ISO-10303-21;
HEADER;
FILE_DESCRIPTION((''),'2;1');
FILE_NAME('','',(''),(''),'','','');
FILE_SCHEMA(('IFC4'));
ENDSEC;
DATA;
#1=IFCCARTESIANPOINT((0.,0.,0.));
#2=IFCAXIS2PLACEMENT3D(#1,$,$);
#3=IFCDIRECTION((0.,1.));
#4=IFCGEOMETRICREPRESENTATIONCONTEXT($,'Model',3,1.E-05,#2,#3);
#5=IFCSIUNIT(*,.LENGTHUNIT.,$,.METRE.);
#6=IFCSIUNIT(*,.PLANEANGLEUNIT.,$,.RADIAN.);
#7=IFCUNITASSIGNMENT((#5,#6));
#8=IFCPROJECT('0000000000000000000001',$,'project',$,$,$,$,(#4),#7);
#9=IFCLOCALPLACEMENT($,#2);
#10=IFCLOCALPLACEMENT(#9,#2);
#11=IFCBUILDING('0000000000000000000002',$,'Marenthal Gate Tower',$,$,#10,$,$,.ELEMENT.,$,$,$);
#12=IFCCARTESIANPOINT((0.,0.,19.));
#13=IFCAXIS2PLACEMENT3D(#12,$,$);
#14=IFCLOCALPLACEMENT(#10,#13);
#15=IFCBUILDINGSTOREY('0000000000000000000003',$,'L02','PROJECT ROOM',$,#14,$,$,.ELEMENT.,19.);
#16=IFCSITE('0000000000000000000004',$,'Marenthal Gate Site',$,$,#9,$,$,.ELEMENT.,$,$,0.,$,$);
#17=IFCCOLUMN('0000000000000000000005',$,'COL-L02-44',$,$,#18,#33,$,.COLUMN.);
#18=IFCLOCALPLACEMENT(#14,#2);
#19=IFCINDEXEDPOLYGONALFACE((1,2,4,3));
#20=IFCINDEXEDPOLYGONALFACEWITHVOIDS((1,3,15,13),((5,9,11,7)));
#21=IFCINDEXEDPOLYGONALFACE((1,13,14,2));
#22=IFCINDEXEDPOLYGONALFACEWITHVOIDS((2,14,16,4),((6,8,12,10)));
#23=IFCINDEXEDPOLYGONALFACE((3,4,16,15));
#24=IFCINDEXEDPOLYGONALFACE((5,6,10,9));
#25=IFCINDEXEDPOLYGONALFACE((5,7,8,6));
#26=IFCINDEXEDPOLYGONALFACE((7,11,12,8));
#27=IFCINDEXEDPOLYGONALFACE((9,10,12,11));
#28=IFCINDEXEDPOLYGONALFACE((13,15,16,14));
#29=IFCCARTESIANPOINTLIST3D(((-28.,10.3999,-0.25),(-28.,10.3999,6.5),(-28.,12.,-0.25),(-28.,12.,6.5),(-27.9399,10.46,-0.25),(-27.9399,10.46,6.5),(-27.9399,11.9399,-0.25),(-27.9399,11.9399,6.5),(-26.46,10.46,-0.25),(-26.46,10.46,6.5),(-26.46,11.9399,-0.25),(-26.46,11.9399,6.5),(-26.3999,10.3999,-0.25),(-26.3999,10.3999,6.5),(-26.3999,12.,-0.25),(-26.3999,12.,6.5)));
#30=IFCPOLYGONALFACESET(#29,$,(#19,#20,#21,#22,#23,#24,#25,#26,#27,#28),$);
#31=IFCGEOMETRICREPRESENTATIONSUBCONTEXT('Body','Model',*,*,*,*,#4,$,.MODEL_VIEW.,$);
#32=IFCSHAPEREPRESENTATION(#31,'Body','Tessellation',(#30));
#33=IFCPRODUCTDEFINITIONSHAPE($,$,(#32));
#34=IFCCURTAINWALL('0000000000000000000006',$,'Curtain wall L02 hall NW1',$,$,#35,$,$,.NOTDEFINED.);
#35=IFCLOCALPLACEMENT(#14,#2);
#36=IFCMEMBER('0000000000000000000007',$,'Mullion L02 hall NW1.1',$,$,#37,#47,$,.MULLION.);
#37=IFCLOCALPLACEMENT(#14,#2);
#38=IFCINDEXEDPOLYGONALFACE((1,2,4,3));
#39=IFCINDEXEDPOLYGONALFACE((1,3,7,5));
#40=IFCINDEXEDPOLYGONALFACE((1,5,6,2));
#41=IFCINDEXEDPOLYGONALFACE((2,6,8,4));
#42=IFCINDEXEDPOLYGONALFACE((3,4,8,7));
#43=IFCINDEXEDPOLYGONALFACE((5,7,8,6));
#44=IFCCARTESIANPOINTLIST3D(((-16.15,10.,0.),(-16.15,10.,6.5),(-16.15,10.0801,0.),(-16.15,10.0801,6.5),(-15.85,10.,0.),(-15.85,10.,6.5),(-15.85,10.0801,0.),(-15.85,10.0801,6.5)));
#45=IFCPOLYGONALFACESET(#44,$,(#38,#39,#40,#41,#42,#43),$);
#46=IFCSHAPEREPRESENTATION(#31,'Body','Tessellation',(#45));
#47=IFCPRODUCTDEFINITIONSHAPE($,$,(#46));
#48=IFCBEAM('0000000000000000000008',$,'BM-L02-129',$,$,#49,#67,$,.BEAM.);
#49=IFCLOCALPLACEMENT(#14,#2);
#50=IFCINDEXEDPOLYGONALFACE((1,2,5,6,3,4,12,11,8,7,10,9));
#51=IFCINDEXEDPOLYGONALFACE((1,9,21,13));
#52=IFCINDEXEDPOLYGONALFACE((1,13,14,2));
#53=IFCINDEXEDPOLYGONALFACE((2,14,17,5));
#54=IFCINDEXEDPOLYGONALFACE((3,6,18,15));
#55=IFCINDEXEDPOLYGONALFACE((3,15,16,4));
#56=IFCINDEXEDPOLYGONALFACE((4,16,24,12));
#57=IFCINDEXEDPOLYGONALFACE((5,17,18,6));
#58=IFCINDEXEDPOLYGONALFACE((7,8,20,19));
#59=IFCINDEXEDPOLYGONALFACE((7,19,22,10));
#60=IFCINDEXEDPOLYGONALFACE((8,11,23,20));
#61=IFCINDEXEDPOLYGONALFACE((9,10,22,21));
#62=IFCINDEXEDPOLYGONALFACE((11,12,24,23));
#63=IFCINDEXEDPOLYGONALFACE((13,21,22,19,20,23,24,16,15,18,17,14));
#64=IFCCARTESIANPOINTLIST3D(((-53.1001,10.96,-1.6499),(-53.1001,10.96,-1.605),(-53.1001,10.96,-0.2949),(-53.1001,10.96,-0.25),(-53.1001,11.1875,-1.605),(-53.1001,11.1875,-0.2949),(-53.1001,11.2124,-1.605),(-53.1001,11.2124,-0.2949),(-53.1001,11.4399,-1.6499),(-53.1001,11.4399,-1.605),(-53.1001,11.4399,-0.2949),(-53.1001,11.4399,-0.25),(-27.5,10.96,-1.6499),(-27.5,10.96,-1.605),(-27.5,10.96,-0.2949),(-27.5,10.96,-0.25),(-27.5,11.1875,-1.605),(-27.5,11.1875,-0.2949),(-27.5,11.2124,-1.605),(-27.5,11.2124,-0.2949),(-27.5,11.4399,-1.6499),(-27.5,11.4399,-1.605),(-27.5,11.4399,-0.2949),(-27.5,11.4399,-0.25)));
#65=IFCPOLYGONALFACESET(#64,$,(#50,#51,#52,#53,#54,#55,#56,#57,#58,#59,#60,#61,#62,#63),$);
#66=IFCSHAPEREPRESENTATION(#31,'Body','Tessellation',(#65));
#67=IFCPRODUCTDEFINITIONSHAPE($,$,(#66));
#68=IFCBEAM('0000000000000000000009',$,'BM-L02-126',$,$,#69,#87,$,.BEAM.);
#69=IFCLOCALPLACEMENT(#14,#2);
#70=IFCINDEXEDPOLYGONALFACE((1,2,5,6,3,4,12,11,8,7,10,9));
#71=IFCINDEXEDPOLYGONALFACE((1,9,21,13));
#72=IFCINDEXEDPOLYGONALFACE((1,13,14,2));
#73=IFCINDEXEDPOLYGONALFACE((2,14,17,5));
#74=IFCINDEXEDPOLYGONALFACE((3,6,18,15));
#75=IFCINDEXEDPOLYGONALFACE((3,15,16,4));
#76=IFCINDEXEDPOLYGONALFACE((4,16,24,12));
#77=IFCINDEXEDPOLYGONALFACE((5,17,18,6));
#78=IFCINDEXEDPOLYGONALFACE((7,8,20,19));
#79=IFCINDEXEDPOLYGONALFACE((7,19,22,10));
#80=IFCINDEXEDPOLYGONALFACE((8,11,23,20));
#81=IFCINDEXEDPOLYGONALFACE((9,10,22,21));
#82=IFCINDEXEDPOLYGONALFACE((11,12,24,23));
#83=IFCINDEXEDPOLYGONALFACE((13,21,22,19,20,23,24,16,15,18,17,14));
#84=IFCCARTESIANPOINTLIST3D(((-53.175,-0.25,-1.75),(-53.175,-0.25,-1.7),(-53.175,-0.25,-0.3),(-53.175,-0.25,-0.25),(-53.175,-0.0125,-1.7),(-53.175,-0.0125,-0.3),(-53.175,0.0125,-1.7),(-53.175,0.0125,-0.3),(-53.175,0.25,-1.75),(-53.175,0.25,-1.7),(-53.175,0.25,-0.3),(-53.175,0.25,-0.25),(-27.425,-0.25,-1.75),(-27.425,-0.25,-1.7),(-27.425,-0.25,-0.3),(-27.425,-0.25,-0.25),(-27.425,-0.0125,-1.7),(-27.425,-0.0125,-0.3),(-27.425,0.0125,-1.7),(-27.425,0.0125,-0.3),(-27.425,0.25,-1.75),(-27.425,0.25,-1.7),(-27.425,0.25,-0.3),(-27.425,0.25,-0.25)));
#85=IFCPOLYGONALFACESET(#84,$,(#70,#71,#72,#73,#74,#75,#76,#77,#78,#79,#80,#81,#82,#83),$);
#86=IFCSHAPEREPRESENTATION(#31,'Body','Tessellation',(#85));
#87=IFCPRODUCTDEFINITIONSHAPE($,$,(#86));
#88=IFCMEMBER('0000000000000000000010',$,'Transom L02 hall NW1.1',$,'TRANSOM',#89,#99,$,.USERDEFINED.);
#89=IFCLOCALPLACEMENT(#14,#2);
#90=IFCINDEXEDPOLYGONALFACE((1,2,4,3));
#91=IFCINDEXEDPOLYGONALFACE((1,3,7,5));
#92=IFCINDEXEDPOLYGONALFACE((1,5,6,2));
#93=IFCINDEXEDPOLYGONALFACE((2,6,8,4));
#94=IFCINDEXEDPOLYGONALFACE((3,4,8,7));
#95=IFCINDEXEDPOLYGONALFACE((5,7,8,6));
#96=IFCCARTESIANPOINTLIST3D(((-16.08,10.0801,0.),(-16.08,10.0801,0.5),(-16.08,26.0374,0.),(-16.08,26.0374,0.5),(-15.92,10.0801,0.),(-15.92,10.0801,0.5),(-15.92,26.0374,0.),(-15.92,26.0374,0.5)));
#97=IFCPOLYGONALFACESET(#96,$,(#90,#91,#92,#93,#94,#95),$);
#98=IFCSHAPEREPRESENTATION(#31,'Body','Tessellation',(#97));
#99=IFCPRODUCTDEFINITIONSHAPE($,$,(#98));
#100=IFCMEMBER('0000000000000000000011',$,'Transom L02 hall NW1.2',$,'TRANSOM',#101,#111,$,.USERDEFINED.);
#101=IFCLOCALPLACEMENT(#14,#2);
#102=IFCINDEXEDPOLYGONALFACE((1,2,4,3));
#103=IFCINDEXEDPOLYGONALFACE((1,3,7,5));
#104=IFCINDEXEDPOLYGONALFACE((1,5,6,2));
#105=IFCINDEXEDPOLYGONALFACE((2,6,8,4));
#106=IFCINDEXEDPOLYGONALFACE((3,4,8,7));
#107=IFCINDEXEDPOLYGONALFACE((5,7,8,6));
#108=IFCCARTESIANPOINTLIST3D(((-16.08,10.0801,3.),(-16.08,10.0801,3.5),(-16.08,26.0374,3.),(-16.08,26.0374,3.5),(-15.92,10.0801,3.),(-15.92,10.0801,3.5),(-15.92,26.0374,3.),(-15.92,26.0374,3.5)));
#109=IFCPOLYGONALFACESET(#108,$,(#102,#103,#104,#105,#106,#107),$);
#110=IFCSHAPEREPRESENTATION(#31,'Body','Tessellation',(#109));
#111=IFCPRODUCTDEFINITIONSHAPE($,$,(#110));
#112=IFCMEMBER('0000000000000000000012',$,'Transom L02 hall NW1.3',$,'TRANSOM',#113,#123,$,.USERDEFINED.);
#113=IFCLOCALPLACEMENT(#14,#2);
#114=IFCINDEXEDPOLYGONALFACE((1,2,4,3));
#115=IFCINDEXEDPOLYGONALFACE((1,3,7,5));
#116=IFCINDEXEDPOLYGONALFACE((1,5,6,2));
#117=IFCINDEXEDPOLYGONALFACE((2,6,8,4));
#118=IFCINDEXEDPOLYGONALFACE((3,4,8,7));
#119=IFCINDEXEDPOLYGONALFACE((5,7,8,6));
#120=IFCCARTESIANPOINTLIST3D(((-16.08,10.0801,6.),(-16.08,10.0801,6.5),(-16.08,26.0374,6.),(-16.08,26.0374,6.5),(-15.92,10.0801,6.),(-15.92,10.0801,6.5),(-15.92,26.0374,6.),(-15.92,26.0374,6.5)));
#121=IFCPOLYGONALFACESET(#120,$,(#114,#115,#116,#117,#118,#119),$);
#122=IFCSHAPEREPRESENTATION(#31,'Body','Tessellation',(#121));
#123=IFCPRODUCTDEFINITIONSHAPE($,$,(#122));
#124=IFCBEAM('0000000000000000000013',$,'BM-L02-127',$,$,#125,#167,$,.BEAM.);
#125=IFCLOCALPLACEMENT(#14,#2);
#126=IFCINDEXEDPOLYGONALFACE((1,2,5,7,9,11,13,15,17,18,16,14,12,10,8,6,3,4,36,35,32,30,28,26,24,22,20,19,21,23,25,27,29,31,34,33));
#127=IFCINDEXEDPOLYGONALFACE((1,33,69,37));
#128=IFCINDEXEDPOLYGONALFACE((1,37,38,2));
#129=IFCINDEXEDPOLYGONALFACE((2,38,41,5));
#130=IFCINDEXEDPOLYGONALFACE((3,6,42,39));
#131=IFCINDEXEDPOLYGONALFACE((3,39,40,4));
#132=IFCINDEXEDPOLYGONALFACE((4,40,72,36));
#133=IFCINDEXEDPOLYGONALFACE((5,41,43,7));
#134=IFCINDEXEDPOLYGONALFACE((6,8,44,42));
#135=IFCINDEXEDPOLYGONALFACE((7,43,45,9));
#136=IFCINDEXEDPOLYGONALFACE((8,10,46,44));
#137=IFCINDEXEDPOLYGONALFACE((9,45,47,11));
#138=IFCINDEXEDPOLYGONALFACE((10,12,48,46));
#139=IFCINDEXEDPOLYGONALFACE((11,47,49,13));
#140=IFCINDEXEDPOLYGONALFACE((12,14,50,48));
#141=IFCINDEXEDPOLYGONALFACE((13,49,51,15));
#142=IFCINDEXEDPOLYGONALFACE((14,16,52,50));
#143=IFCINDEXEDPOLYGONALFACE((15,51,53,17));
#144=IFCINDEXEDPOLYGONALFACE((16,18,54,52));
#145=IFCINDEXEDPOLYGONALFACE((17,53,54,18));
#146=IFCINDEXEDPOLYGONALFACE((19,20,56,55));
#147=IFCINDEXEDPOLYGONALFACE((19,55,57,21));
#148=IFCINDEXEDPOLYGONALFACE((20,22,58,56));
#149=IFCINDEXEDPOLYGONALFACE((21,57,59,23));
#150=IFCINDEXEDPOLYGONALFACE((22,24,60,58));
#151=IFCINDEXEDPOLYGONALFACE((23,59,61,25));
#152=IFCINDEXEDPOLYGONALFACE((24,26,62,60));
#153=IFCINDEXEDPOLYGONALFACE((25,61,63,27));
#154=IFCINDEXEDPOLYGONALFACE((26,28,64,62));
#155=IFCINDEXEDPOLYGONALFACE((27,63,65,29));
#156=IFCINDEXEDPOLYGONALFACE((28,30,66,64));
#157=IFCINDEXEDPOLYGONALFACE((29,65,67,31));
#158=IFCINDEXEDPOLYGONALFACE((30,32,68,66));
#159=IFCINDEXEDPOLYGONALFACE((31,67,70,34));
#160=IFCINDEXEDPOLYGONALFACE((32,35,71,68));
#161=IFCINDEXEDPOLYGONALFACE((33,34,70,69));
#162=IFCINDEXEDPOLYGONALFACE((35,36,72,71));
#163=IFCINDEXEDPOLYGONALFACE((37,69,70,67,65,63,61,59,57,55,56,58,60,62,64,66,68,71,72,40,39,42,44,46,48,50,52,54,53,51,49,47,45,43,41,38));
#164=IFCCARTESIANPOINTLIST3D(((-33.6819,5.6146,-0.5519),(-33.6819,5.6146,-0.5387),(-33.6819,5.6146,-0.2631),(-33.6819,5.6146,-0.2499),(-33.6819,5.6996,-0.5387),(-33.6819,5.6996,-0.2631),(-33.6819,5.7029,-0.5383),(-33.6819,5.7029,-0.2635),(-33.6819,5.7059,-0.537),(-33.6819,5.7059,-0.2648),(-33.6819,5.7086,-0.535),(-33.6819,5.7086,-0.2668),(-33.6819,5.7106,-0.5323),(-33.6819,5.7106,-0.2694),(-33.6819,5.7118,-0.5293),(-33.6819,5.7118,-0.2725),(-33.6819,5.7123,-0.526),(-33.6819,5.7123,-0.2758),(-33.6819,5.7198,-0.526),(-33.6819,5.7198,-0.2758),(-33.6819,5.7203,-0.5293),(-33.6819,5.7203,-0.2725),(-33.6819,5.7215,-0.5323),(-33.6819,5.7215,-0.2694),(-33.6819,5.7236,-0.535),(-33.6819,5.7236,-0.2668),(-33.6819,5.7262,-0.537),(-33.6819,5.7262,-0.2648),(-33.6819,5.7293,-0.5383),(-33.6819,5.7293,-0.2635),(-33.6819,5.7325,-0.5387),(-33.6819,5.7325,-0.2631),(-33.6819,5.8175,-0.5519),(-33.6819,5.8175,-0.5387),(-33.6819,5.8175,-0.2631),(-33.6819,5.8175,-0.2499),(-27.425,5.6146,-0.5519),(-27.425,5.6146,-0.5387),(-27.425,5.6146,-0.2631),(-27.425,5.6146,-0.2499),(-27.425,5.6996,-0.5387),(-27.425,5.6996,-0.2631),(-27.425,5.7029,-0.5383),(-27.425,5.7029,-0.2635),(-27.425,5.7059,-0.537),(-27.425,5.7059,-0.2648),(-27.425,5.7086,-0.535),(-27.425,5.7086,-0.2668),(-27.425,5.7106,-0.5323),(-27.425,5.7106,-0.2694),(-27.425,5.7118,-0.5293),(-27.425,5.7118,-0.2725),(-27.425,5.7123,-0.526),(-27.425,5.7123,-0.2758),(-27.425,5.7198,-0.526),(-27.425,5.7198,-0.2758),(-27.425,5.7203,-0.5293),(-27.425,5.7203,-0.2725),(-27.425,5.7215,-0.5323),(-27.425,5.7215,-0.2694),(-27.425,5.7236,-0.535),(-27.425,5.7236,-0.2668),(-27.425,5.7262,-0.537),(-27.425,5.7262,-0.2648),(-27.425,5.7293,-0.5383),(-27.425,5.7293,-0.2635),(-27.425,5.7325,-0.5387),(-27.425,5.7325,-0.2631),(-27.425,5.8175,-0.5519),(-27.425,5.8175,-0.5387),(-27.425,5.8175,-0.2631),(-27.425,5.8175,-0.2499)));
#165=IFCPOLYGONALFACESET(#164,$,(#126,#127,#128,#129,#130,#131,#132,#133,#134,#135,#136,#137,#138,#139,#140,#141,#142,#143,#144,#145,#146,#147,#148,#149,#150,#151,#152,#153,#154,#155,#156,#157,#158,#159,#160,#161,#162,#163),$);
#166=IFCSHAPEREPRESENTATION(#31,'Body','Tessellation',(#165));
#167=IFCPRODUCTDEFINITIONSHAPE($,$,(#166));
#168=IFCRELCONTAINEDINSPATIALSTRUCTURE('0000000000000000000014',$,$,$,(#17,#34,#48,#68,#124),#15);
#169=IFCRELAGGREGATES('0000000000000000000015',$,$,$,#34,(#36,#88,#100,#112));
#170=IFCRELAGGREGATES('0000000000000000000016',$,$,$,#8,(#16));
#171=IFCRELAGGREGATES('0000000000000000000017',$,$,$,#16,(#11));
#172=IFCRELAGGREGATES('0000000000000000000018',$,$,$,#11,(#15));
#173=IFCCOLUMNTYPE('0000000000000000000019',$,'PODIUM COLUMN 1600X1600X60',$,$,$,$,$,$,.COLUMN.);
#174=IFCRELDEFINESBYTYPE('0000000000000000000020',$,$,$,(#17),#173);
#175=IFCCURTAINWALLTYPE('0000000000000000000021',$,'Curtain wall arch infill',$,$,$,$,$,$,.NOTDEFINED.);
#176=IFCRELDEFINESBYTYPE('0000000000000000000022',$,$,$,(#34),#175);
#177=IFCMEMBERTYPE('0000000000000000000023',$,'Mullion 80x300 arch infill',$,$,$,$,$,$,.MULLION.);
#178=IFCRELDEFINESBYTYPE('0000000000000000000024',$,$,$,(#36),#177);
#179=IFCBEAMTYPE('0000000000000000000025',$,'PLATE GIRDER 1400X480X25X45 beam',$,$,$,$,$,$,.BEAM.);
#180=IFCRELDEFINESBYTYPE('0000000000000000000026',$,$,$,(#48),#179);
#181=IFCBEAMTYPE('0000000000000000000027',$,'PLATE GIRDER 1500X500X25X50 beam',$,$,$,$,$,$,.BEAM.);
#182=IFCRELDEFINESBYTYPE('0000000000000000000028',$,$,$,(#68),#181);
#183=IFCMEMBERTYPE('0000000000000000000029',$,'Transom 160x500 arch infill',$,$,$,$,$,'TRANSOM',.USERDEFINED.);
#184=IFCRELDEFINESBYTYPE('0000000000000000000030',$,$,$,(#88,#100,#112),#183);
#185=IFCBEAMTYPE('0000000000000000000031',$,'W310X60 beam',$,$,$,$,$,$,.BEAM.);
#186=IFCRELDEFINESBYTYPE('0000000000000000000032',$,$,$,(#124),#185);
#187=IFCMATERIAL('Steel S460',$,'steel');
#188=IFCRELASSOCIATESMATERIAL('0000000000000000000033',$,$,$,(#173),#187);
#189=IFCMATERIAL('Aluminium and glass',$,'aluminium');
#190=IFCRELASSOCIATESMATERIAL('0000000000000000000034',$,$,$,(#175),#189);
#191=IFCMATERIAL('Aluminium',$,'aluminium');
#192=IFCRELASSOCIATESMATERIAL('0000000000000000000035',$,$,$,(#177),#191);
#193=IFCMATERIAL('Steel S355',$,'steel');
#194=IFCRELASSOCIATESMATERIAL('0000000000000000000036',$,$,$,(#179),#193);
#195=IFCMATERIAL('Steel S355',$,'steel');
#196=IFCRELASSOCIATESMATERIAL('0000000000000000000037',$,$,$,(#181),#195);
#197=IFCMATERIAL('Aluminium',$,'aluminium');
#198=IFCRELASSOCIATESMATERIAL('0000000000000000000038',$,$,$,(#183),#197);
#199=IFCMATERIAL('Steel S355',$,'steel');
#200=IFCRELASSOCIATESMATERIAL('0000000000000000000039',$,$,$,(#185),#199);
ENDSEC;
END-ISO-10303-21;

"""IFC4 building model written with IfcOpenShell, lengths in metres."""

from ifc_helpers import new_model, si_unit, direction, frame, origin, origin_2d, place, context, subcontext, project, spatial, rectangle, hollow_rectangle, i_section, extrude, material, material_profile, profile_set, type_object, element, aggregate, save


model = new_model("IFC4")

# Units and contexts
model_context = context("Model", 3, precision=1e-05, world=origin(), true_north=direction((0.0, 1.0)))
body_context = subcontext(model_context, "Body", "Model", "MODEL_VIEW")
ifc_project = project(units=[si_unit("LENGTHUNIT", "METRE"), si_unit("PLANEANGLEUNIT", "RADIAN")], contexts=[model_context])

# Site, building, storey
site_placement = place(None, origin())
site = spatial("IfcSite", under=ifc_project, at=site_placement, Name="Marenthal Gate Site", CompositionType="ELEMENT", RefElevation=0.0)
building_placement = place(site_placement, origin())
building = spatial("IfcBuilding", under=site, at=building_placement, Name="Marenthal Gate Tower", CompositionType="ELEMENT")
storey_placement = place(building_placement, frame((0.0, 0.0, 19.0)))
storey = spatial("IfcBuildingStorey", under=building, at=storey_placement, Name="L02", Description="PROJECT ROOM", CompositionType="ELEMENT", Elevation=19.0)

# Column
ifc_material_1 = material(Name="Steel S460", Category="steel")
ifc_material_profile_1 = material_profile(ifc_material_1, hollow_rectangle(XDim=1.6001, YDim=1.6001, WallThickness=0.0601, at=origin_2d()), Name="CFT BOX 1600X1600X60")
ifc_material_2 = material(Name="Concrete 70 MPa", Category="concrete")
ifc_material_profile_2 = material_profile(ifc_material_2, rectangle(XDim=1.48, YDim=1.48, at=origin_2d()), Name="CFT BOX 1600X1600X60 INFILL")
ifc_profile_set_1 = profile_set([ifc_material_profile_1, ifc_material_profile_2], Name="Steel S460 shell, Concrete 70 MPa infill")
column_type = type_object("IfcColumnType", Name="PODIUM COLUMN 1600X1600X60", PredefinedType="COLUMN", material=ifc_profile_set_1)
column_placement = place(storey_placement, frame((-27.2, 11.2, -0.25), z_axis=(0.0, 0.0, 1.0), x_axis=(1.0, 0.0, 0.0)))
element("IfcColumn", 1, at=column_placement, inside=storey, type_object=column_type, Name="COL-L02-44", PredefinedType="COLUMN", context=body_context, shape_type="SweptSolid", body=[
    extrude(hollow_rectangle(XDim=1.6001, YDim=1.6001, WallThickness=0.0601, at=origin_2d()), origin(), (0.0, 0.0, 1.0), 6.75),
])

# Curtain wall, member
ifc_material_3 = material(Name="Aluminium and glass", Category="aluminium")
curtain_wall_type = type_object("IfcCurtainWallType", Name="Curtain wall arch infill", PredefinedType="NOTDEFINED", material=ifc_material_3)
curtain_wall_placement = place(storey_placement, origin())
curtain_wall = element("IfcCurtainWall", 2, at=curtain_wall_placement, inside=storey, type_object=curtain_wall_type, Name="Curtain wall L02 hall NW1", PredefinedType="NOTDEFINED")
ifc_material_4 = material(Name="Aluminium", Category="aluminium")
ifc_material_profile_3 = material_profile(ifc_material_4, rectangle(XDim=0.3, YDim=0.0801, at=origin_2d()), Name="80x300 aluminium mullion")
ifc_profile_set_2 = profile_set([ifc_material_profile_3], Name="Aluminium")
member_type_1 = type_object("IfcMemberType", Name="Mullion 80x300 arch infill", PredefinedType="MULLION", material=ifc_profile_set_2)
member_1_placement = place(storey_placement, frame((-16.0, 10.04, 0.0), z_axis=(0.0, 0.0, 1.0), x_axis=(-1.0, 0.0, 0.0)))
member_1 = element("IfcMember", 3, at=member_1_placement, type_object=member_type_1, Name="Mullion L02 hall NW1.1", PredefinedType="MULLION", context=body_context, shape_type="SweptSolid", body=[
    extrude(rectangle(XDim=0.3, YDim=0.0801, at=origin_2d()), origin(), (0.0, 0.0, 1.0), 6.5),
])

# Beams
ifc_material_5 = material(Name="Steel S355", Category="steel")
ifc_material_profile_4 = material_profile(ifc_material_5, i_section(OverallWidth=0.48, OverallDepth=1.3999, WebThickness=0.0249, FlangeThickness=0.0449, at=origin_2d()), Name="PLATE GIRDER 1400X480X25X45")
ifc_profile_set_3 = profile_set([ifc_material_profile_4], Name="Steel S355")
beam_type_1 = type_object("IfcBeamType", Name="PLATE GIRDER 1400X480X25X45 beam", PredefinedType="BEAM", material=ifc_profile_set_3)
beam_1_placement = place(storey_placement, frame((-27.5, 11.2, -0.95), z_axis=(-1.0, 0.0, 0.0), x_axis=(0.0, -1.0, 0.0)))
element("IfcBeam", 4, at=beam_1_placement, inside=storey, type_object=beam_type_1, Name="BM-L02-129", PredefinedType="BEAM", context=body_context, shape_type="SweptSolid", body=[
    extrude(i_section(OverallWidth=0.48, OverallDepth=1.3999, WebThickness=0.0249, FlangeThickness=0.0449, at=origin_2d()), origin(), (0.0, 0.0, 1.0), 25.6001),
])
ifc_material_6 = material(Name="Steel S355", Category="steel")
ifc_material_profile_5 = material_profile(ifc_material_6, i_section(OverallWidth=0.5, OverallDepth=1.5, WebThickness=0.0249, FlangeThickness=0.05, at=origin_2d()), Name="PLATE GIRDER 1500X500X25X50")
ifc_profile_set_4 = profile_set([ifc_material_profile_5], Name="Steel S355")
beam_type_2 = type_object("IfcBeamType", Name="PLATE GIRDER 1500X500X25X50 beam", PredefinedType="BEAM", material=ifc_profile_set_4)
beam_2_placement = place(storey_placement, frame((-27.425, 0.0, -1.0), z_axis=(-1.0, 0.0, 0.0), x_axis=(0.0, -1.0, 0.0)))
element("IfcBeam", 5, at=beam_2_placement, inside=storey, type_object=beam_type_2, Name="BM-L02-126", PredefinedType="BEAM", context=body_context, shape_type="SweptSolid", body=[
    extrude(i_section(OverallWidth=0.5, OverallDepth=1.5, WebThickness=0.0249, FlangeThickness=0.05, at=origin_2d()), origin(), (0.0, 0.0, 1.0), 25.75),
])

# Members
ifc_material_7 = material(Name="Aluminium", Category="aluminium")
ifc_material_profile_6 = material_profile(ifc_material_7, rectangle(XDim=0.1599, YDim=0.5, at=origin_2d()), Name="160x500 aluminium transom")
ifc_profile_set_5 = profile_set([ifc_material_profile_6], Name="Aluminium")
member_type_2 = type_object("IfcMemberType", Name="Transom 160x500 arch infill", ElementType="TRANSOM", PredefinedType="USERDEFINED", material=ifc_profile_set_5)
member_2_placement = place(storey_placement, frame((-16.0, 10.0801, 0.25), z_axis=(0.0, 1.0, 0.0), x_axis=(-1.0, 0.0, 0.0)))
member_2 = element("IfcMember", 6, at=member_2_placement, type_object=member_type_2, Name="Transom L02 hall NW1.1", ObjectType="TRANSOM", PredefinedType="USERDEFINED", context=body_context, shape_type="SweptSolid", body=[
    extrude(rectangle(XDim=0.1599, YDim=0.5, at=origin_2d()), origin(), (0.0, 0.0, 1.0), 15.9573),
])
member_3_placement = place(storey_placement, frame((-16.0, 10.0801, 3.25), z_axis=(0.0, 1.0, 0.0), x_axis=(-1.0, 0.0, 0.0)))
member_3 = element("IfcMember", 7, at=member_3_placement, type_object=member_type_2, Name="Transom L02 hall NW1.2", ObjectType="TRANSOM", PredefinedType="USERDEFINED", context=body_context, shape_type="SweptSolid", body=[
    extrude(rectangle(XDim=0.1599, YDim=0.5, at=origin_2d()), origin(), (0.0, 0.0, 1.0), 15.9573),
])
member_4_placement = place(storey_placement, frame((-16.0, 10.0801, 6.25), z_axis=(0.0, 1.0, 0.0), x_axis=(-1.0, 0.0, 0.0)))
member_4 = element("IfcMember", 8, at=member_4_placement, type_object=member_type_2, Name="Transom L02 hall NW1.3", ObjectType="TRANSOM", PredefinedType="USERDEFINED", context=body_context, shape_type="SweptSolid", body=[
    extrude(rectangle(XDim=0.1599, YDim=0.5, at=origin_2d()), origin(), (0.0, 0.0, 1.0), 15.9573),
])
aggregate(curtain_wall, [member_1, member_2, member_3, member_4])

# Beam
ifc_material_8 = material(Name="Steel S355", Category="steel")
ifc_material_profile_7 = material_profile(ifc_material_8, i_section(OverallWidth=0.2029, OverallDepth=0.302, WebThickness=0.0076, FlangeThickness=0.0132, FilletRadius=0.0127, at=origin_2d()), Name="W310X60")
ifc_profile_set_6 = profile_set([ifc_material_profile_7], Name="Steel S355")
beam_type_3 = type_object("IfcBeamType", Name="W310X60 beam", PredefinedType="BEAM", material=ifc_profile_set_6)
beam_3_placement = place(storey_placement, frame((-27.425, 5.7161, -0.4009), z_axis=(-1.0, 0.0, 0.0), x_axis=(0.0, -1.0, 0.0)))
element("IfcBeam", 9, at=beam_3_placement, inside=storey, type_object=beam_type_3, Name="BM-L02-127", PredefinedType="BEAM", context=body_context, shape_type="SweptSolid", body=[
    extrude(i_section(OverallWidth=0.2029, OverallDepth=0.302, WebThickness=0.0076, FlangeThickness=0.0132, FilletRadius=0.0127, at=origin_2d()), origin(), (0.0, 0.0, 1.0), 6.2568),
])

save(model, "model.ifc")
